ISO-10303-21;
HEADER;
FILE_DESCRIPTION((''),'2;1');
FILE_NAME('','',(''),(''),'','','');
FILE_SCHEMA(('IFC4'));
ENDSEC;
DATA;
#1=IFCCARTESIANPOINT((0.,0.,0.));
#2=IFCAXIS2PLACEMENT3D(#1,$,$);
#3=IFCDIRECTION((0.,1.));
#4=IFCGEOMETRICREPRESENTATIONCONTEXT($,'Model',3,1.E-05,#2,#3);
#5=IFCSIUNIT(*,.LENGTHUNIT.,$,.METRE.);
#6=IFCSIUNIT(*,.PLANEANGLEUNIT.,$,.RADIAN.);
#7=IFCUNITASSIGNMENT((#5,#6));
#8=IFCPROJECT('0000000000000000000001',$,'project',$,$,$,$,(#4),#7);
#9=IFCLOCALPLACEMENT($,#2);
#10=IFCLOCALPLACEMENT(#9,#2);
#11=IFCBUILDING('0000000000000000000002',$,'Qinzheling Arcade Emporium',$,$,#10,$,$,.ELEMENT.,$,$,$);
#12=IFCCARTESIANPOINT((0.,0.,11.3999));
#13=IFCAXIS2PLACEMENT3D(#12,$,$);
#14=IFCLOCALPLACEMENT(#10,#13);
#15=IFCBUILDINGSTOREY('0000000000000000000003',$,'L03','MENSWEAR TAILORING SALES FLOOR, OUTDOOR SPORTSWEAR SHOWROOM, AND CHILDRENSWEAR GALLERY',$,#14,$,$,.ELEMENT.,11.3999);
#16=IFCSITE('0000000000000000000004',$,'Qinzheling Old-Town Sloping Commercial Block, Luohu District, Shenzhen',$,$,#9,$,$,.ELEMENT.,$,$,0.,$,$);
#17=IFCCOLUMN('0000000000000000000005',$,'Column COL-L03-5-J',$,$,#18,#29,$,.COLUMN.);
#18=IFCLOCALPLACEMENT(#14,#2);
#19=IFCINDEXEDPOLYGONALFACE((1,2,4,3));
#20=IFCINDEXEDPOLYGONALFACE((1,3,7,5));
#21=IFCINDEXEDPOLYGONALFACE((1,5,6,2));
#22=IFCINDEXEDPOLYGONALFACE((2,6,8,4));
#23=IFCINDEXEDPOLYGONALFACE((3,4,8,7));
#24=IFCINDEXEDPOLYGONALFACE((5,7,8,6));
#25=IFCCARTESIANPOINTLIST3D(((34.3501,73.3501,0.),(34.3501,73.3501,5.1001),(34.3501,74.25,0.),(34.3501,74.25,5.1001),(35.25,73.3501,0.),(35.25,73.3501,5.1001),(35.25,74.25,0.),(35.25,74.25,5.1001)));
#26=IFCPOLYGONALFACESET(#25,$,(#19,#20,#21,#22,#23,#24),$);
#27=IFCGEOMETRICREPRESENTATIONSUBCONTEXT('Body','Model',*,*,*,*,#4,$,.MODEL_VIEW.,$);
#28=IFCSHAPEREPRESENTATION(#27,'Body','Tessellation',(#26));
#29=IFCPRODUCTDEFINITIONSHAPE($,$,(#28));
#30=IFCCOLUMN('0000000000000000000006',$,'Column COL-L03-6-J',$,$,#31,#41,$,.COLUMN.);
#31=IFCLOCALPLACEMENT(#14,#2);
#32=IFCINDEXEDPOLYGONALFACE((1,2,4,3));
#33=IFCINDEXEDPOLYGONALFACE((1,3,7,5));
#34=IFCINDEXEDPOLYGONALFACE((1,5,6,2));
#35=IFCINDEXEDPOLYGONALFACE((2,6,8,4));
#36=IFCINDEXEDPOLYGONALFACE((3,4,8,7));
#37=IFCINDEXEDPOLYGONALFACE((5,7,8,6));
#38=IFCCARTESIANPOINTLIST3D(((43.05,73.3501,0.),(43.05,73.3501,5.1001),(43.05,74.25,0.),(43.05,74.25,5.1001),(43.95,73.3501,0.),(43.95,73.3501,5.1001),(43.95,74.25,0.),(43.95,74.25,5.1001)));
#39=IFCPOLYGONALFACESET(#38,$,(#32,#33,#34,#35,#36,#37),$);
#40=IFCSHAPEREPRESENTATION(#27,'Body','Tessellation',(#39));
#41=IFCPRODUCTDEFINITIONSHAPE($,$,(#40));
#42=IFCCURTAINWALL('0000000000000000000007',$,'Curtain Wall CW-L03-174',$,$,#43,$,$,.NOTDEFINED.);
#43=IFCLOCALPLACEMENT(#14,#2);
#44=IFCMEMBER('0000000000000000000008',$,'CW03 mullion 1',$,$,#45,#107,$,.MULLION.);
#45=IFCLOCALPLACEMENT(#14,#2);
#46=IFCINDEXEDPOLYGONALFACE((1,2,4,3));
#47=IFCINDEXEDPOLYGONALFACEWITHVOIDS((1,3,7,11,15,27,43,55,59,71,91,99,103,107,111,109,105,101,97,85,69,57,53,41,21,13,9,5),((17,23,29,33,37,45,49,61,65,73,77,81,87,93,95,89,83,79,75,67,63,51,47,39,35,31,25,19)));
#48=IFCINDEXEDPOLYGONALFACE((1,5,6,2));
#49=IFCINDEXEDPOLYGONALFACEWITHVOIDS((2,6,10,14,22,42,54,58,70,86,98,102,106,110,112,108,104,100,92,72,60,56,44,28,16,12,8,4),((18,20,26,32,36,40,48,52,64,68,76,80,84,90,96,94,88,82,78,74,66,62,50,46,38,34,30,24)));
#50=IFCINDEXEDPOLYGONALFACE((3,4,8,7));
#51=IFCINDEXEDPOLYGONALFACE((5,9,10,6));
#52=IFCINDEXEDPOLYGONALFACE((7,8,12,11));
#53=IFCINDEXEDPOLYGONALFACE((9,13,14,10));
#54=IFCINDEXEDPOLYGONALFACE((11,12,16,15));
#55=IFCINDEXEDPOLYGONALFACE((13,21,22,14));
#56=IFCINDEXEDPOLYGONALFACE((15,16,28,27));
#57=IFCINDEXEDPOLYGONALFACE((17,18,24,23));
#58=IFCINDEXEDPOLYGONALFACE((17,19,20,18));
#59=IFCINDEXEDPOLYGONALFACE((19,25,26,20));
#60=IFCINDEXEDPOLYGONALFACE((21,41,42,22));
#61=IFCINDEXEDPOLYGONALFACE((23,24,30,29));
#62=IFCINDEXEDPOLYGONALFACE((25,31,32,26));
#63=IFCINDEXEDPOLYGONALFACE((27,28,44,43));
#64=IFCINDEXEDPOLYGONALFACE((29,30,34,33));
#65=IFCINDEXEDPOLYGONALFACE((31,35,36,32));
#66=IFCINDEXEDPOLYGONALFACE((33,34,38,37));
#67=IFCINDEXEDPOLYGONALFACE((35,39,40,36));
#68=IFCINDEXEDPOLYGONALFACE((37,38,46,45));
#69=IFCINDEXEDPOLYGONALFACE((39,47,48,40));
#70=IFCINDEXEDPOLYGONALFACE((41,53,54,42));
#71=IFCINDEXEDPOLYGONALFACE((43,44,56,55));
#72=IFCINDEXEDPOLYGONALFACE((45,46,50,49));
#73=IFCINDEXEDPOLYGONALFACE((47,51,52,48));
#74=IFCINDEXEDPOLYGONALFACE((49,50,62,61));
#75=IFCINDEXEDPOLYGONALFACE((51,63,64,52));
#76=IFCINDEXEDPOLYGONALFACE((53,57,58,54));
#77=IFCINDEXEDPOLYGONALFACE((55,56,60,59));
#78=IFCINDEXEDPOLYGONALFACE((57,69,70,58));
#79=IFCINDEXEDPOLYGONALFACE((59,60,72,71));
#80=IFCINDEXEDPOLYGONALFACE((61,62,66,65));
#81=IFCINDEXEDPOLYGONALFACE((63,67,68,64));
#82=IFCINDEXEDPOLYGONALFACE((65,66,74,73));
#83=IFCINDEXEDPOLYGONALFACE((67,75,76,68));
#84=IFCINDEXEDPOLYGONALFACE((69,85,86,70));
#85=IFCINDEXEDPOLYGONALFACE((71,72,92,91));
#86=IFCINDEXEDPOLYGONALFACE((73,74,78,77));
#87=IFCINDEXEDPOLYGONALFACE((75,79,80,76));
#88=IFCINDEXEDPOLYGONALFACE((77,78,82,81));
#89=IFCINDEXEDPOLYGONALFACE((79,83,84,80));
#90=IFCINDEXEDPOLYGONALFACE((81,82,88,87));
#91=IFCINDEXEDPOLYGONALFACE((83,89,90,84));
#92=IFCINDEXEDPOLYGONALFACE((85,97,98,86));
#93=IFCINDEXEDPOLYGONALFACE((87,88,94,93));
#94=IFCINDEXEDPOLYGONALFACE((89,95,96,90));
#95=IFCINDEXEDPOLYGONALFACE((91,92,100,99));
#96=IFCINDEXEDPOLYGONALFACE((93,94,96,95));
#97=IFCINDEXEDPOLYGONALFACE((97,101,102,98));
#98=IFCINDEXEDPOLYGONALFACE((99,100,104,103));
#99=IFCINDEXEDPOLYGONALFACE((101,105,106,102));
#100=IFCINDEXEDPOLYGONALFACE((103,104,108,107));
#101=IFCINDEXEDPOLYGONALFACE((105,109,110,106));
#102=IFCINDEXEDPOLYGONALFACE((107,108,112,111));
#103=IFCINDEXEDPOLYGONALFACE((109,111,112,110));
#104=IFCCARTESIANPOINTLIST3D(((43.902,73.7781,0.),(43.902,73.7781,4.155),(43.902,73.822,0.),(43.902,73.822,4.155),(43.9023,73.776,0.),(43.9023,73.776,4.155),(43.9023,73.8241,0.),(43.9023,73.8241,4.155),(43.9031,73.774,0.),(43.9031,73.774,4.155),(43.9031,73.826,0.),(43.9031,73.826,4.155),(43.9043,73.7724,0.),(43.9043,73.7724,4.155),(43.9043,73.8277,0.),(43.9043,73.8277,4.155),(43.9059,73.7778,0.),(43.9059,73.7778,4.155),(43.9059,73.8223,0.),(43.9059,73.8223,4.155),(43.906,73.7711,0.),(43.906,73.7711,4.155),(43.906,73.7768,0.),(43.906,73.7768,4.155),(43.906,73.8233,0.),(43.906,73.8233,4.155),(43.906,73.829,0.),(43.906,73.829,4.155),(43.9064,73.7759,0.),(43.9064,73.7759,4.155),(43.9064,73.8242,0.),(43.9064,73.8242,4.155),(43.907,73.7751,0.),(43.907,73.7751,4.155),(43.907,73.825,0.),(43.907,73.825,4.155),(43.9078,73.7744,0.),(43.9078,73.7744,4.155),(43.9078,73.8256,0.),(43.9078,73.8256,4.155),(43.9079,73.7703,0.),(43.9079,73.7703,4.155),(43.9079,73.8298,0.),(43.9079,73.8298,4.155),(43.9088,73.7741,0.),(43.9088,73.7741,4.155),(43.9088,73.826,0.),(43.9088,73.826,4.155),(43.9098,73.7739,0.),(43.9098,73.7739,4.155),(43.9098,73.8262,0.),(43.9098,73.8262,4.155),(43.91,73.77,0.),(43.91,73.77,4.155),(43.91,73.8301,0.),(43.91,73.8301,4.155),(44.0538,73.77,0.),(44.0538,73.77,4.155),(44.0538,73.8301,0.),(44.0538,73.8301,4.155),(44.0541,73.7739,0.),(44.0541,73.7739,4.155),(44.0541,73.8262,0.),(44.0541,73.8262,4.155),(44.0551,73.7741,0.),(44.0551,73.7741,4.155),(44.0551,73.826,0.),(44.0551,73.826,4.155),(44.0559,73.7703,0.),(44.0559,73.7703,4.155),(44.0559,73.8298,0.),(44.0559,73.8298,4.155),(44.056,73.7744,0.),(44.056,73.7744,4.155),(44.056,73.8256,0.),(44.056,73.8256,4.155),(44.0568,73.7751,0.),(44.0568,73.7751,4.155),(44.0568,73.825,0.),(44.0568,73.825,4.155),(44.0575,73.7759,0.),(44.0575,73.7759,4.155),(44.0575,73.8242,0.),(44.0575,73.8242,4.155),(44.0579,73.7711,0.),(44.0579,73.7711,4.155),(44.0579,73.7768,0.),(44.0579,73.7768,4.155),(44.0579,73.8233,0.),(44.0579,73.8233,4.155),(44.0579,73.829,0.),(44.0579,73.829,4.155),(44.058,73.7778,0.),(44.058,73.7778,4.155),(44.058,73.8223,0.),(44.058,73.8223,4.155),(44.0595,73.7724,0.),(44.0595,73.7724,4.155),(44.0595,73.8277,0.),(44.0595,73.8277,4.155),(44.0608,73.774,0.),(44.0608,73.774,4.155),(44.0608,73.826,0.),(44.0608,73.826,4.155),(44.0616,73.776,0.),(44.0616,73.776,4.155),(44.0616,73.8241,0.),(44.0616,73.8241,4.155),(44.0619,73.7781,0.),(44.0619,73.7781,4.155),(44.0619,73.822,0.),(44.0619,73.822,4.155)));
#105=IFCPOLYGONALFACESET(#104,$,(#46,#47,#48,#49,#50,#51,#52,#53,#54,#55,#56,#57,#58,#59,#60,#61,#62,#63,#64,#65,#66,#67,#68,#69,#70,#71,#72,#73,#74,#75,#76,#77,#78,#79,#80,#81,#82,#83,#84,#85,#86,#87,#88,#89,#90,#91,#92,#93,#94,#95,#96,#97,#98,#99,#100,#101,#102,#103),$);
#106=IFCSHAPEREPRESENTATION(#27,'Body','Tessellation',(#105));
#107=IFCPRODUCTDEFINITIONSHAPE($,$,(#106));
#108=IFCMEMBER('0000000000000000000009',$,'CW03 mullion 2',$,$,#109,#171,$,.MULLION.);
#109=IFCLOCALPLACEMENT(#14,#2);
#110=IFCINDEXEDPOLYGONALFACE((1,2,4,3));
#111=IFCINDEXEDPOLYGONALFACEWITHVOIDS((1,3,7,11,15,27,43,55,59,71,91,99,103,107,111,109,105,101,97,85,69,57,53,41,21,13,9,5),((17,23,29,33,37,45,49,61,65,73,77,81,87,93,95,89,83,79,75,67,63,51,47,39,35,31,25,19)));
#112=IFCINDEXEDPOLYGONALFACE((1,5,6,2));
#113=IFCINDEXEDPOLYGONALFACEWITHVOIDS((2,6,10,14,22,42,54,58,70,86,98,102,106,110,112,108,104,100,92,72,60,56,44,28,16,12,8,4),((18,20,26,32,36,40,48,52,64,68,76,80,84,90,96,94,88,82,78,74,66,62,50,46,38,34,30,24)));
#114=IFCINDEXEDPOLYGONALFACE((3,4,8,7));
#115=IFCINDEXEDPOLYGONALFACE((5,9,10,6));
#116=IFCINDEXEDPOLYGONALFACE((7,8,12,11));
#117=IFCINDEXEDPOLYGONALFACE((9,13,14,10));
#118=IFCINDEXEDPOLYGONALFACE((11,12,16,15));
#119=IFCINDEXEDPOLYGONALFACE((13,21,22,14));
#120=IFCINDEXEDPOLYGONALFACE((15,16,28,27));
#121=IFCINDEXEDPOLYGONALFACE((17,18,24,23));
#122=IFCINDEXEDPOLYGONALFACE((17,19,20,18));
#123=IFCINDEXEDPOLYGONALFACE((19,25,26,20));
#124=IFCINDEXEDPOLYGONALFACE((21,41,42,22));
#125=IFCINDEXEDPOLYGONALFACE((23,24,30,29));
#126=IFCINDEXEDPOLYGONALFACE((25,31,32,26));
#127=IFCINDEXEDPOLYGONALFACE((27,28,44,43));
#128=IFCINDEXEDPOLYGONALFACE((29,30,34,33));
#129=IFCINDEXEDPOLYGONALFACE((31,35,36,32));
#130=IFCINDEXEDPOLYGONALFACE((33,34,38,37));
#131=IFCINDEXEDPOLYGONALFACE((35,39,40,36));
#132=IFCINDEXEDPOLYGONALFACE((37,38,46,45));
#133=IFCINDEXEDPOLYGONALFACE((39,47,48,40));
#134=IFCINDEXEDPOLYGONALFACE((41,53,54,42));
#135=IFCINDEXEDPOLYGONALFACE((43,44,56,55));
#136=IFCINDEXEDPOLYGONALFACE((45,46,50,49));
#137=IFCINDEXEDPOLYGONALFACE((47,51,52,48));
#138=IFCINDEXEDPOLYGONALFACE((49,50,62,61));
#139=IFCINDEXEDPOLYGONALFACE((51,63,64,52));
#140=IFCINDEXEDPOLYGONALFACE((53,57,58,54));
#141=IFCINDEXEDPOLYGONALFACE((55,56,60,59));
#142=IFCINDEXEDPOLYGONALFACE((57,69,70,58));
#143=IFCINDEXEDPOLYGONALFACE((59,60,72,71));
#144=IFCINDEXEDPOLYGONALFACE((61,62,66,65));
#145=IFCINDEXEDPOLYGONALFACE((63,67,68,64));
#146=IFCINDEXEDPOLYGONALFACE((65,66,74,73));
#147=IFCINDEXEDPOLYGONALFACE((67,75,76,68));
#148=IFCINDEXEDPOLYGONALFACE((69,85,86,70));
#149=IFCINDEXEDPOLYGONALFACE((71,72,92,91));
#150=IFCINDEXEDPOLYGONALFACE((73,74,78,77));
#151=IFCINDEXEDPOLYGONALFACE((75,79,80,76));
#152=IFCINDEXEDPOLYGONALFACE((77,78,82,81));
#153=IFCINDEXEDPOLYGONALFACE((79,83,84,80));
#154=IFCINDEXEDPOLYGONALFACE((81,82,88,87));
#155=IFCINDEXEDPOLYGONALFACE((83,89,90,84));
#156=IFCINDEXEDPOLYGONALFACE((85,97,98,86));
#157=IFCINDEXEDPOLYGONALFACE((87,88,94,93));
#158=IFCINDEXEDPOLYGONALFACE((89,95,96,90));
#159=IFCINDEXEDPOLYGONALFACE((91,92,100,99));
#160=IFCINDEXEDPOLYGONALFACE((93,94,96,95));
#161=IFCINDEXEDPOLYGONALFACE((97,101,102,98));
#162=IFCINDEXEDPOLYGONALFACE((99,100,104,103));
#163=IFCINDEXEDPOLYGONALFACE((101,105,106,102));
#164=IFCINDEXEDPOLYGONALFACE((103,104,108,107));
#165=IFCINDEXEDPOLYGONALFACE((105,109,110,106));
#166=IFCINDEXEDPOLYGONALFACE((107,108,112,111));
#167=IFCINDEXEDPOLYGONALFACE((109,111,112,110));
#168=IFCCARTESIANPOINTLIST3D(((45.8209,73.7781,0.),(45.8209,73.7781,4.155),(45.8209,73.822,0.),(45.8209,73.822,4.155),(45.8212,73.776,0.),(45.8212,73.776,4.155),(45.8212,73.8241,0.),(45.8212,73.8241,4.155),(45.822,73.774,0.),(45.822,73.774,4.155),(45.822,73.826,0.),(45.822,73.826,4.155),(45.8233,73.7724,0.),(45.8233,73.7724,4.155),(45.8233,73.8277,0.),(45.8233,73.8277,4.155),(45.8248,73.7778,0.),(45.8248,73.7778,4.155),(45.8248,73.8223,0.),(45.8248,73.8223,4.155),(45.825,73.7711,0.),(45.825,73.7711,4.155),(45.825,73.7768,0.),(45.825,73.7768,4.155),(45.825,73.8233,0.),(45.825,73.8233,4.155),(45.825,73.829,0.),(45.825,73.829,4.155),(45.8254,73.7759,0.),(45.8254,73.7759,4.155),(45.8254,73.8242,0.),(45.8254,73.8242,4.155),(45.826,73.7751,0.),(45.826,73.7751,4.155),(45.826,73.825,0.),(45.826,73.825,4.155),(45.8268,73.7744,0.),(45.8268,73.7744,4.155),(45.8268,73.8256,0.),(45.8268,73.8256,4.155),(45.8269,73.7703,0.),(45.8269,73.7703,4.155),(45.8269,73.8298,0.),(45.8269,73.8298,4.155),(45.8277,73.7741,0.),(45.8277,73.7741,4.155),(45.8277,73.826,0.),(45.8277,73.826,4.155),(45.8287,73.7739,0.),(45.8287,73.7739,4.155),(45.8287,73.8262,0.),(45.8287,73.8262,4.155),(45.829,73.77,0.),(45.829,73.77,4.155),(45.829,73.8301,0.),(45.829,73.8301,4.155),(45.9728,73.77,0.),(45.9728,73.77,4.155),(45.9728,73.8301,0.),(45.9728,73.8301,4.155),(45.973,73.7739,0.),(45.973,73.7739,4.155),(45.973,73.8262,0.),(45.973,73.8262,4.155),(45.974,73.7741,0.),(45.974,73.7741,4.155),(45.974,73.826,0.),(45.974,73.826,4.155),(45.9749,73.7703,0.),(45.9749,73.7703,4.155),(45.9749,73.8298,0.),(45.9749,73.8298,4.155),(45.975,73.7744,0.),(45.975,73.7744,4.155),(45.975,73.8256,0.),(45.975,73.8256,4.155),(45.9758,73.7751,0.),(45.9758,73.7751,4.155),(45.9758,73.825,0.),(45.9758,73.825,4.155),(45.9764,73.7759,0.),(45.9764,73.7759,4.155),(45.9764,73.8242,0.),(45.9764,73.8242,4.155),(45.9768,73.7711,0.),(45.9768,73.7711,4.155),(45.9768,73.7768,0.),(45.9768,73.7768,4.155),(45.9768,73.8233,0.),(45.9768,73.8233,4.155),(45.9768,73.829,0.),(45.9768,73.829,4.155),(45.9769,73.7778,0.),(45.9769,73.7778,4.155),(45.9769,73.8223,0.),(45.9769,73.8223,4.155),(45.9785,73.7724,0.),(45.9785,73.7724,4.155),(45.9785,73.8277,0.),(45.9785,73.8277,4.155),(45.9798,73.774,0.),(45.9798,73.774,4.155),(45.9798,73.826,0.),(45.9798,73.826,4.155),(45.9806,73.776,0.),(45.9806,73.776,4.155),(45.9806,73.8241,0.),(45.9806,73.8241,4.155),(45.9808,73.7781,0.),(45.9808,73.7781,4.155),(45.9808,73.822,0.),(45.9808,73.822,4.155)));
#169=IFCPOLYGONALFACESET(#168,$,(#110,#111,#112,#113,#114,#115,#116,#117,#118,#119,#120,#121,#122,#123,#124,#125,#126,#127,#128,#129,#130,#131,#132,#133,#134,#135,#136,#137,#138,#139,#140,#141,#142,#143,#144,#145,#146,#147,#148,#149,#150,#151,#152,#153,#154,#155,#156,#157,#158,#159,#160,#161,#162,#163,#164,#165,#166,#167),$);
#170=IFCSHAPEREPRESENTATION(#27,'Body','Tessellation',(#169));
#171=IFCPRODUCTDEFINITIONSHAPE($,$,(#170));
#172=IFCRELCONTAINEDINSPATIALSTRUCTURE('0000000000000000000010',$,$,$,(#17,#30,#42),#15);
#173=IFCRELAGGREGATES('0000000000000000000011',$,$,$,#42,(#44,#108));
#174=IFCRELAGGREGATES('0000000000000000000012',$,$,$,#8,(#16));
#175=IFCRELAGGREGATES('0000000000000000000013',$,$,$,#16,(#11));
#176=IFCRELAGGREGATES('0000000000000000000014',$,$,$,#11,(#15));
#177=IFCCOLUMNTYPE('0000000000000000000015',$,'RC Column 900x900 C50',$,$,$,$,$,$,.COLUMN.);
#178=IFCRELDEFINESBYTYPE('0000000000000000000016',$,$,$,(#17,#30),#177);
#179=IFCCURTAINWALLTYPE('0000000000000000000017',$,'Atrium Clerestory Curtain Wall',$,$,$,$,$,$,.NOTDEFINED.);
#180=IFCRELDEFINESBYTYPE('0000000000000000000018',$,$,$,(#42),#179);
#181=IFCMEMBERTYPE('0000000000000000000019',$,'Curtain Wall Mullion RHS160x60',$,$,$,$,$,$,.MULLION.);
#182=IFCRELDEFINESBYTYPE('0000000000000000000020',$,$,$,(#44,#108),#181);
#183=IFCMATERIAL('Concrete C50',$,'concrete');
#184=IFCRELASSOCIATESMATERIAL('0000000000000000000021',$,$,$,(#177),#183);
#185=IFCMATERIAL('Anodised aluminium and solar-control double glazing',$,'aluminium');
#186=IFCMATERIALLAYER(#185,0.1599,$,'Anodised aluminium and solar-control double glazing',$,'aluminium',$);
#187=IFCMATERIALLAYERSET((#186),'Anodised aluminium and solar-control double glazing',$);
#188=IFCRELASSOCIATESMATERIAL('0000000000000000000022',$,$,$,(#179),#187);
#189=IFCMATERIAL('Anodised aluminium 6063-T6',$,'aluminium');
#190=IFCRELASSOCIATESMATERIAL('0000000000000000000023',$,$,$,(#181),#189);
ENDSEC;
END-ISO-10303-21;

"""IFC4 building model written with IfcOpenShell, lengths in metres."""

from ifc_helpers import new_model, si_unit, direction, frame, origin, origin_2d, place, context, subcontext, project, spatial, rectangle, hollow_rectangle, extrude, material, layer, layer_set, material_profile, profile_set, type_object, element, aggregate, save


model = new_model("IFC4")

# Units and contexts
model_context = context("Model", 3, precision=1e-05, world=origin(), true_north=direction((0.0, 1.0)))
body_context = subcontext(model_context, "Body", "Model", "MODEL_VIEW")
ifc_project = project(units=[si_unit("LENGTHUNIT", "METRE"), si_unit("PLANEANGLEUNIT", "RADIAN")], contexts=[model_context])

# Site, building, storey
site_placement = place(None, origin())
site = spatial("IfcSite", under=ifc_project, at=site_placement, Name="Qinzheling Old-Town Sloping Commercial Block, Luohu District, Shenzhen", CompositionType="ELEMENT", RefElevation=0.0)
building_placement = place(site_placement, origin())
building = spatial("IfcBuilding", under=site, at=building_placement, Name="Qinzheling Arcade Emporium", CompositionType="ELEMENT")
storey_placement = place(building_placement, frame((0.0, 0.0, 11.3999)))
storey = spatial("IfcBuildingStorey", under=building, at=storey_placement, Name="L03", Description="MENSWEAR TAILORING SALES FLOOR, OUTDOOR SPORTSWEAR SHOWROOM, AND CHILDRENSWEAR GALLERY", CompositionType="ELEMENT", Elevation=11.3999)

# Columns
ifc_material_1 = material(Name="Concrete C50", Category="concrete")
ifc_material_profile_1 = material_profile(ifc_material_1, rectangle(XDim=0.8999, YDim=0.8999, at=origin_2d()), Name="RC 900x900", Category="concrete")
ifc_profile_set_1 = profile_set([ifc_material_profile_1], Name="Concrete C50")
column_type = type_object("IfcColumnType", Name="RC Column 900x900 C50", PredefinedType="COLUMN", material=ifc_profile_set_1)
for number, where, z_axis, x_axis, name in (
    (1, (34.8, 73.8, 0.0), (0.0, 0.0, 1.0), (1.0, 0.0, 0.0), "Column COL-L03-5-J"),
    (2, (43.5, 73.8, 0.0), (0.0, 0.0, 1.0), (1.0, 0.0, 0.0), "Column COL-L03-6-J"),
):
    element("IfcColumn", number, at=place(storey_placement, frame(where, z_axis=z_axis, x_axis=x_axis)), inside=storey, type_object=column_type, Name=name, PredefinedType="COLUMN", context=body_context, shape_type="SweptSolid", body=[
        extrude(rectangle(XDim=0.8999, YDim=0.8999, at=origin_2d()), origin(), (0.0, 0.0, 1.0), 5.1001),
    ])

# Curtain wall, members
ifc_material_2 = material(Name="Anodised aluminium and solar-control double glazing", Category="aluminium")
ifc_layer_1 = layer(ifc_material_2, 0.1599, Name="Anodised aluminium and solar-control double glazing", Category="aluminium")
ifc_layer_set_1 = layer_set([ifc_layer_1], Name="Anodised aluminium and solar-control double glazing")
curtain_wall_type = type_object("IfcCurtainWallType", Name="Atrium Clerestory Curtain Wall", PredefinedType="NOTDEFINED", material=ifc_layer_set_1)
curtain_wall_placement = place(storey_placement, origin())
curtain_wall = element("IfcCurtainWall", 3, at=curtain_wall_placement, inside=storey, type_object=curtain_wall_type, Name="Curtain Wall CW-L03-174", PredefinedType="NOTDEFINED")
ifc_material_3 = material(Name="Anodised aluminium 6063-T6", Category="aluminium")
ifc_material_profile_2 = material_profile(ifc_material_3, hollow_rectangle(XDim=0.0601, YDim=0.1599, WallThickness=0.0039, InnerFilletRadius=0.0039, OuterFilletRadius=0.0081, at=origin_2d()), Name="RHS 160x60x4", Category="aluminium")
ifc_profile_set_2 = profile_set([ifc_material_profile_2], Name="Anodised aluminium 6063-T6")
member_type_1 = type_object("IfcMemberType", Name="Curtain Wall Mullion RHS160x60", PredefinedType="MULLION", material=ifc_profile_set_2)
member_1_placement = place(storey_placement, frame((43.9819, 73.8, 0.0), z_axis=(0.0, 0.0, 1.0), x_axis=(0.0, 1.0, 0.0)))
member_1 = element("IfcMember", 4, at=member_1_placement, type_object=member_type_1, Name="CW03 mullion 1", PredefinedType="MULLION", context=body_context, shape_type="SweptSolid", body=[
    extrude(hollow_rectangle(XDim=0.0601, YDim=0.1599, WallThickness=0.0039, InnerFilletRadius=0.0039, OuterFilletRadius=0.0081, at=origin_2d()), origin(), (0.0, 0.0, 1.0), 4.155),
])
member_2_placement = place(storey_placement, frame((45.9009, 73.8, 0.0), z_axis=(0.0, 0.0, 1.0), x_axis=(0.0, 1.0, 0.0)))
member_2 = element("IfcMember", 5, at=member_2_placement, type_object=member_type_1, Name="CW03 mullion 2", PredefinedType="MULLION", context=body_context, shape_type="SweptSolid", body=[
    extrude(hollow_rectangle(XDim=0.0601, YDim=0.1599, WallThickness=0.0039, InnerFilletRadius=0.0039, OuterFilletRadius=0.0081, at=origin_2d()), origin(), (0.0, 0.0, 1.0), 4.155),
])

aggregate(curtain_wall, [member_1, member_2])

save(model, "model.ifc")
